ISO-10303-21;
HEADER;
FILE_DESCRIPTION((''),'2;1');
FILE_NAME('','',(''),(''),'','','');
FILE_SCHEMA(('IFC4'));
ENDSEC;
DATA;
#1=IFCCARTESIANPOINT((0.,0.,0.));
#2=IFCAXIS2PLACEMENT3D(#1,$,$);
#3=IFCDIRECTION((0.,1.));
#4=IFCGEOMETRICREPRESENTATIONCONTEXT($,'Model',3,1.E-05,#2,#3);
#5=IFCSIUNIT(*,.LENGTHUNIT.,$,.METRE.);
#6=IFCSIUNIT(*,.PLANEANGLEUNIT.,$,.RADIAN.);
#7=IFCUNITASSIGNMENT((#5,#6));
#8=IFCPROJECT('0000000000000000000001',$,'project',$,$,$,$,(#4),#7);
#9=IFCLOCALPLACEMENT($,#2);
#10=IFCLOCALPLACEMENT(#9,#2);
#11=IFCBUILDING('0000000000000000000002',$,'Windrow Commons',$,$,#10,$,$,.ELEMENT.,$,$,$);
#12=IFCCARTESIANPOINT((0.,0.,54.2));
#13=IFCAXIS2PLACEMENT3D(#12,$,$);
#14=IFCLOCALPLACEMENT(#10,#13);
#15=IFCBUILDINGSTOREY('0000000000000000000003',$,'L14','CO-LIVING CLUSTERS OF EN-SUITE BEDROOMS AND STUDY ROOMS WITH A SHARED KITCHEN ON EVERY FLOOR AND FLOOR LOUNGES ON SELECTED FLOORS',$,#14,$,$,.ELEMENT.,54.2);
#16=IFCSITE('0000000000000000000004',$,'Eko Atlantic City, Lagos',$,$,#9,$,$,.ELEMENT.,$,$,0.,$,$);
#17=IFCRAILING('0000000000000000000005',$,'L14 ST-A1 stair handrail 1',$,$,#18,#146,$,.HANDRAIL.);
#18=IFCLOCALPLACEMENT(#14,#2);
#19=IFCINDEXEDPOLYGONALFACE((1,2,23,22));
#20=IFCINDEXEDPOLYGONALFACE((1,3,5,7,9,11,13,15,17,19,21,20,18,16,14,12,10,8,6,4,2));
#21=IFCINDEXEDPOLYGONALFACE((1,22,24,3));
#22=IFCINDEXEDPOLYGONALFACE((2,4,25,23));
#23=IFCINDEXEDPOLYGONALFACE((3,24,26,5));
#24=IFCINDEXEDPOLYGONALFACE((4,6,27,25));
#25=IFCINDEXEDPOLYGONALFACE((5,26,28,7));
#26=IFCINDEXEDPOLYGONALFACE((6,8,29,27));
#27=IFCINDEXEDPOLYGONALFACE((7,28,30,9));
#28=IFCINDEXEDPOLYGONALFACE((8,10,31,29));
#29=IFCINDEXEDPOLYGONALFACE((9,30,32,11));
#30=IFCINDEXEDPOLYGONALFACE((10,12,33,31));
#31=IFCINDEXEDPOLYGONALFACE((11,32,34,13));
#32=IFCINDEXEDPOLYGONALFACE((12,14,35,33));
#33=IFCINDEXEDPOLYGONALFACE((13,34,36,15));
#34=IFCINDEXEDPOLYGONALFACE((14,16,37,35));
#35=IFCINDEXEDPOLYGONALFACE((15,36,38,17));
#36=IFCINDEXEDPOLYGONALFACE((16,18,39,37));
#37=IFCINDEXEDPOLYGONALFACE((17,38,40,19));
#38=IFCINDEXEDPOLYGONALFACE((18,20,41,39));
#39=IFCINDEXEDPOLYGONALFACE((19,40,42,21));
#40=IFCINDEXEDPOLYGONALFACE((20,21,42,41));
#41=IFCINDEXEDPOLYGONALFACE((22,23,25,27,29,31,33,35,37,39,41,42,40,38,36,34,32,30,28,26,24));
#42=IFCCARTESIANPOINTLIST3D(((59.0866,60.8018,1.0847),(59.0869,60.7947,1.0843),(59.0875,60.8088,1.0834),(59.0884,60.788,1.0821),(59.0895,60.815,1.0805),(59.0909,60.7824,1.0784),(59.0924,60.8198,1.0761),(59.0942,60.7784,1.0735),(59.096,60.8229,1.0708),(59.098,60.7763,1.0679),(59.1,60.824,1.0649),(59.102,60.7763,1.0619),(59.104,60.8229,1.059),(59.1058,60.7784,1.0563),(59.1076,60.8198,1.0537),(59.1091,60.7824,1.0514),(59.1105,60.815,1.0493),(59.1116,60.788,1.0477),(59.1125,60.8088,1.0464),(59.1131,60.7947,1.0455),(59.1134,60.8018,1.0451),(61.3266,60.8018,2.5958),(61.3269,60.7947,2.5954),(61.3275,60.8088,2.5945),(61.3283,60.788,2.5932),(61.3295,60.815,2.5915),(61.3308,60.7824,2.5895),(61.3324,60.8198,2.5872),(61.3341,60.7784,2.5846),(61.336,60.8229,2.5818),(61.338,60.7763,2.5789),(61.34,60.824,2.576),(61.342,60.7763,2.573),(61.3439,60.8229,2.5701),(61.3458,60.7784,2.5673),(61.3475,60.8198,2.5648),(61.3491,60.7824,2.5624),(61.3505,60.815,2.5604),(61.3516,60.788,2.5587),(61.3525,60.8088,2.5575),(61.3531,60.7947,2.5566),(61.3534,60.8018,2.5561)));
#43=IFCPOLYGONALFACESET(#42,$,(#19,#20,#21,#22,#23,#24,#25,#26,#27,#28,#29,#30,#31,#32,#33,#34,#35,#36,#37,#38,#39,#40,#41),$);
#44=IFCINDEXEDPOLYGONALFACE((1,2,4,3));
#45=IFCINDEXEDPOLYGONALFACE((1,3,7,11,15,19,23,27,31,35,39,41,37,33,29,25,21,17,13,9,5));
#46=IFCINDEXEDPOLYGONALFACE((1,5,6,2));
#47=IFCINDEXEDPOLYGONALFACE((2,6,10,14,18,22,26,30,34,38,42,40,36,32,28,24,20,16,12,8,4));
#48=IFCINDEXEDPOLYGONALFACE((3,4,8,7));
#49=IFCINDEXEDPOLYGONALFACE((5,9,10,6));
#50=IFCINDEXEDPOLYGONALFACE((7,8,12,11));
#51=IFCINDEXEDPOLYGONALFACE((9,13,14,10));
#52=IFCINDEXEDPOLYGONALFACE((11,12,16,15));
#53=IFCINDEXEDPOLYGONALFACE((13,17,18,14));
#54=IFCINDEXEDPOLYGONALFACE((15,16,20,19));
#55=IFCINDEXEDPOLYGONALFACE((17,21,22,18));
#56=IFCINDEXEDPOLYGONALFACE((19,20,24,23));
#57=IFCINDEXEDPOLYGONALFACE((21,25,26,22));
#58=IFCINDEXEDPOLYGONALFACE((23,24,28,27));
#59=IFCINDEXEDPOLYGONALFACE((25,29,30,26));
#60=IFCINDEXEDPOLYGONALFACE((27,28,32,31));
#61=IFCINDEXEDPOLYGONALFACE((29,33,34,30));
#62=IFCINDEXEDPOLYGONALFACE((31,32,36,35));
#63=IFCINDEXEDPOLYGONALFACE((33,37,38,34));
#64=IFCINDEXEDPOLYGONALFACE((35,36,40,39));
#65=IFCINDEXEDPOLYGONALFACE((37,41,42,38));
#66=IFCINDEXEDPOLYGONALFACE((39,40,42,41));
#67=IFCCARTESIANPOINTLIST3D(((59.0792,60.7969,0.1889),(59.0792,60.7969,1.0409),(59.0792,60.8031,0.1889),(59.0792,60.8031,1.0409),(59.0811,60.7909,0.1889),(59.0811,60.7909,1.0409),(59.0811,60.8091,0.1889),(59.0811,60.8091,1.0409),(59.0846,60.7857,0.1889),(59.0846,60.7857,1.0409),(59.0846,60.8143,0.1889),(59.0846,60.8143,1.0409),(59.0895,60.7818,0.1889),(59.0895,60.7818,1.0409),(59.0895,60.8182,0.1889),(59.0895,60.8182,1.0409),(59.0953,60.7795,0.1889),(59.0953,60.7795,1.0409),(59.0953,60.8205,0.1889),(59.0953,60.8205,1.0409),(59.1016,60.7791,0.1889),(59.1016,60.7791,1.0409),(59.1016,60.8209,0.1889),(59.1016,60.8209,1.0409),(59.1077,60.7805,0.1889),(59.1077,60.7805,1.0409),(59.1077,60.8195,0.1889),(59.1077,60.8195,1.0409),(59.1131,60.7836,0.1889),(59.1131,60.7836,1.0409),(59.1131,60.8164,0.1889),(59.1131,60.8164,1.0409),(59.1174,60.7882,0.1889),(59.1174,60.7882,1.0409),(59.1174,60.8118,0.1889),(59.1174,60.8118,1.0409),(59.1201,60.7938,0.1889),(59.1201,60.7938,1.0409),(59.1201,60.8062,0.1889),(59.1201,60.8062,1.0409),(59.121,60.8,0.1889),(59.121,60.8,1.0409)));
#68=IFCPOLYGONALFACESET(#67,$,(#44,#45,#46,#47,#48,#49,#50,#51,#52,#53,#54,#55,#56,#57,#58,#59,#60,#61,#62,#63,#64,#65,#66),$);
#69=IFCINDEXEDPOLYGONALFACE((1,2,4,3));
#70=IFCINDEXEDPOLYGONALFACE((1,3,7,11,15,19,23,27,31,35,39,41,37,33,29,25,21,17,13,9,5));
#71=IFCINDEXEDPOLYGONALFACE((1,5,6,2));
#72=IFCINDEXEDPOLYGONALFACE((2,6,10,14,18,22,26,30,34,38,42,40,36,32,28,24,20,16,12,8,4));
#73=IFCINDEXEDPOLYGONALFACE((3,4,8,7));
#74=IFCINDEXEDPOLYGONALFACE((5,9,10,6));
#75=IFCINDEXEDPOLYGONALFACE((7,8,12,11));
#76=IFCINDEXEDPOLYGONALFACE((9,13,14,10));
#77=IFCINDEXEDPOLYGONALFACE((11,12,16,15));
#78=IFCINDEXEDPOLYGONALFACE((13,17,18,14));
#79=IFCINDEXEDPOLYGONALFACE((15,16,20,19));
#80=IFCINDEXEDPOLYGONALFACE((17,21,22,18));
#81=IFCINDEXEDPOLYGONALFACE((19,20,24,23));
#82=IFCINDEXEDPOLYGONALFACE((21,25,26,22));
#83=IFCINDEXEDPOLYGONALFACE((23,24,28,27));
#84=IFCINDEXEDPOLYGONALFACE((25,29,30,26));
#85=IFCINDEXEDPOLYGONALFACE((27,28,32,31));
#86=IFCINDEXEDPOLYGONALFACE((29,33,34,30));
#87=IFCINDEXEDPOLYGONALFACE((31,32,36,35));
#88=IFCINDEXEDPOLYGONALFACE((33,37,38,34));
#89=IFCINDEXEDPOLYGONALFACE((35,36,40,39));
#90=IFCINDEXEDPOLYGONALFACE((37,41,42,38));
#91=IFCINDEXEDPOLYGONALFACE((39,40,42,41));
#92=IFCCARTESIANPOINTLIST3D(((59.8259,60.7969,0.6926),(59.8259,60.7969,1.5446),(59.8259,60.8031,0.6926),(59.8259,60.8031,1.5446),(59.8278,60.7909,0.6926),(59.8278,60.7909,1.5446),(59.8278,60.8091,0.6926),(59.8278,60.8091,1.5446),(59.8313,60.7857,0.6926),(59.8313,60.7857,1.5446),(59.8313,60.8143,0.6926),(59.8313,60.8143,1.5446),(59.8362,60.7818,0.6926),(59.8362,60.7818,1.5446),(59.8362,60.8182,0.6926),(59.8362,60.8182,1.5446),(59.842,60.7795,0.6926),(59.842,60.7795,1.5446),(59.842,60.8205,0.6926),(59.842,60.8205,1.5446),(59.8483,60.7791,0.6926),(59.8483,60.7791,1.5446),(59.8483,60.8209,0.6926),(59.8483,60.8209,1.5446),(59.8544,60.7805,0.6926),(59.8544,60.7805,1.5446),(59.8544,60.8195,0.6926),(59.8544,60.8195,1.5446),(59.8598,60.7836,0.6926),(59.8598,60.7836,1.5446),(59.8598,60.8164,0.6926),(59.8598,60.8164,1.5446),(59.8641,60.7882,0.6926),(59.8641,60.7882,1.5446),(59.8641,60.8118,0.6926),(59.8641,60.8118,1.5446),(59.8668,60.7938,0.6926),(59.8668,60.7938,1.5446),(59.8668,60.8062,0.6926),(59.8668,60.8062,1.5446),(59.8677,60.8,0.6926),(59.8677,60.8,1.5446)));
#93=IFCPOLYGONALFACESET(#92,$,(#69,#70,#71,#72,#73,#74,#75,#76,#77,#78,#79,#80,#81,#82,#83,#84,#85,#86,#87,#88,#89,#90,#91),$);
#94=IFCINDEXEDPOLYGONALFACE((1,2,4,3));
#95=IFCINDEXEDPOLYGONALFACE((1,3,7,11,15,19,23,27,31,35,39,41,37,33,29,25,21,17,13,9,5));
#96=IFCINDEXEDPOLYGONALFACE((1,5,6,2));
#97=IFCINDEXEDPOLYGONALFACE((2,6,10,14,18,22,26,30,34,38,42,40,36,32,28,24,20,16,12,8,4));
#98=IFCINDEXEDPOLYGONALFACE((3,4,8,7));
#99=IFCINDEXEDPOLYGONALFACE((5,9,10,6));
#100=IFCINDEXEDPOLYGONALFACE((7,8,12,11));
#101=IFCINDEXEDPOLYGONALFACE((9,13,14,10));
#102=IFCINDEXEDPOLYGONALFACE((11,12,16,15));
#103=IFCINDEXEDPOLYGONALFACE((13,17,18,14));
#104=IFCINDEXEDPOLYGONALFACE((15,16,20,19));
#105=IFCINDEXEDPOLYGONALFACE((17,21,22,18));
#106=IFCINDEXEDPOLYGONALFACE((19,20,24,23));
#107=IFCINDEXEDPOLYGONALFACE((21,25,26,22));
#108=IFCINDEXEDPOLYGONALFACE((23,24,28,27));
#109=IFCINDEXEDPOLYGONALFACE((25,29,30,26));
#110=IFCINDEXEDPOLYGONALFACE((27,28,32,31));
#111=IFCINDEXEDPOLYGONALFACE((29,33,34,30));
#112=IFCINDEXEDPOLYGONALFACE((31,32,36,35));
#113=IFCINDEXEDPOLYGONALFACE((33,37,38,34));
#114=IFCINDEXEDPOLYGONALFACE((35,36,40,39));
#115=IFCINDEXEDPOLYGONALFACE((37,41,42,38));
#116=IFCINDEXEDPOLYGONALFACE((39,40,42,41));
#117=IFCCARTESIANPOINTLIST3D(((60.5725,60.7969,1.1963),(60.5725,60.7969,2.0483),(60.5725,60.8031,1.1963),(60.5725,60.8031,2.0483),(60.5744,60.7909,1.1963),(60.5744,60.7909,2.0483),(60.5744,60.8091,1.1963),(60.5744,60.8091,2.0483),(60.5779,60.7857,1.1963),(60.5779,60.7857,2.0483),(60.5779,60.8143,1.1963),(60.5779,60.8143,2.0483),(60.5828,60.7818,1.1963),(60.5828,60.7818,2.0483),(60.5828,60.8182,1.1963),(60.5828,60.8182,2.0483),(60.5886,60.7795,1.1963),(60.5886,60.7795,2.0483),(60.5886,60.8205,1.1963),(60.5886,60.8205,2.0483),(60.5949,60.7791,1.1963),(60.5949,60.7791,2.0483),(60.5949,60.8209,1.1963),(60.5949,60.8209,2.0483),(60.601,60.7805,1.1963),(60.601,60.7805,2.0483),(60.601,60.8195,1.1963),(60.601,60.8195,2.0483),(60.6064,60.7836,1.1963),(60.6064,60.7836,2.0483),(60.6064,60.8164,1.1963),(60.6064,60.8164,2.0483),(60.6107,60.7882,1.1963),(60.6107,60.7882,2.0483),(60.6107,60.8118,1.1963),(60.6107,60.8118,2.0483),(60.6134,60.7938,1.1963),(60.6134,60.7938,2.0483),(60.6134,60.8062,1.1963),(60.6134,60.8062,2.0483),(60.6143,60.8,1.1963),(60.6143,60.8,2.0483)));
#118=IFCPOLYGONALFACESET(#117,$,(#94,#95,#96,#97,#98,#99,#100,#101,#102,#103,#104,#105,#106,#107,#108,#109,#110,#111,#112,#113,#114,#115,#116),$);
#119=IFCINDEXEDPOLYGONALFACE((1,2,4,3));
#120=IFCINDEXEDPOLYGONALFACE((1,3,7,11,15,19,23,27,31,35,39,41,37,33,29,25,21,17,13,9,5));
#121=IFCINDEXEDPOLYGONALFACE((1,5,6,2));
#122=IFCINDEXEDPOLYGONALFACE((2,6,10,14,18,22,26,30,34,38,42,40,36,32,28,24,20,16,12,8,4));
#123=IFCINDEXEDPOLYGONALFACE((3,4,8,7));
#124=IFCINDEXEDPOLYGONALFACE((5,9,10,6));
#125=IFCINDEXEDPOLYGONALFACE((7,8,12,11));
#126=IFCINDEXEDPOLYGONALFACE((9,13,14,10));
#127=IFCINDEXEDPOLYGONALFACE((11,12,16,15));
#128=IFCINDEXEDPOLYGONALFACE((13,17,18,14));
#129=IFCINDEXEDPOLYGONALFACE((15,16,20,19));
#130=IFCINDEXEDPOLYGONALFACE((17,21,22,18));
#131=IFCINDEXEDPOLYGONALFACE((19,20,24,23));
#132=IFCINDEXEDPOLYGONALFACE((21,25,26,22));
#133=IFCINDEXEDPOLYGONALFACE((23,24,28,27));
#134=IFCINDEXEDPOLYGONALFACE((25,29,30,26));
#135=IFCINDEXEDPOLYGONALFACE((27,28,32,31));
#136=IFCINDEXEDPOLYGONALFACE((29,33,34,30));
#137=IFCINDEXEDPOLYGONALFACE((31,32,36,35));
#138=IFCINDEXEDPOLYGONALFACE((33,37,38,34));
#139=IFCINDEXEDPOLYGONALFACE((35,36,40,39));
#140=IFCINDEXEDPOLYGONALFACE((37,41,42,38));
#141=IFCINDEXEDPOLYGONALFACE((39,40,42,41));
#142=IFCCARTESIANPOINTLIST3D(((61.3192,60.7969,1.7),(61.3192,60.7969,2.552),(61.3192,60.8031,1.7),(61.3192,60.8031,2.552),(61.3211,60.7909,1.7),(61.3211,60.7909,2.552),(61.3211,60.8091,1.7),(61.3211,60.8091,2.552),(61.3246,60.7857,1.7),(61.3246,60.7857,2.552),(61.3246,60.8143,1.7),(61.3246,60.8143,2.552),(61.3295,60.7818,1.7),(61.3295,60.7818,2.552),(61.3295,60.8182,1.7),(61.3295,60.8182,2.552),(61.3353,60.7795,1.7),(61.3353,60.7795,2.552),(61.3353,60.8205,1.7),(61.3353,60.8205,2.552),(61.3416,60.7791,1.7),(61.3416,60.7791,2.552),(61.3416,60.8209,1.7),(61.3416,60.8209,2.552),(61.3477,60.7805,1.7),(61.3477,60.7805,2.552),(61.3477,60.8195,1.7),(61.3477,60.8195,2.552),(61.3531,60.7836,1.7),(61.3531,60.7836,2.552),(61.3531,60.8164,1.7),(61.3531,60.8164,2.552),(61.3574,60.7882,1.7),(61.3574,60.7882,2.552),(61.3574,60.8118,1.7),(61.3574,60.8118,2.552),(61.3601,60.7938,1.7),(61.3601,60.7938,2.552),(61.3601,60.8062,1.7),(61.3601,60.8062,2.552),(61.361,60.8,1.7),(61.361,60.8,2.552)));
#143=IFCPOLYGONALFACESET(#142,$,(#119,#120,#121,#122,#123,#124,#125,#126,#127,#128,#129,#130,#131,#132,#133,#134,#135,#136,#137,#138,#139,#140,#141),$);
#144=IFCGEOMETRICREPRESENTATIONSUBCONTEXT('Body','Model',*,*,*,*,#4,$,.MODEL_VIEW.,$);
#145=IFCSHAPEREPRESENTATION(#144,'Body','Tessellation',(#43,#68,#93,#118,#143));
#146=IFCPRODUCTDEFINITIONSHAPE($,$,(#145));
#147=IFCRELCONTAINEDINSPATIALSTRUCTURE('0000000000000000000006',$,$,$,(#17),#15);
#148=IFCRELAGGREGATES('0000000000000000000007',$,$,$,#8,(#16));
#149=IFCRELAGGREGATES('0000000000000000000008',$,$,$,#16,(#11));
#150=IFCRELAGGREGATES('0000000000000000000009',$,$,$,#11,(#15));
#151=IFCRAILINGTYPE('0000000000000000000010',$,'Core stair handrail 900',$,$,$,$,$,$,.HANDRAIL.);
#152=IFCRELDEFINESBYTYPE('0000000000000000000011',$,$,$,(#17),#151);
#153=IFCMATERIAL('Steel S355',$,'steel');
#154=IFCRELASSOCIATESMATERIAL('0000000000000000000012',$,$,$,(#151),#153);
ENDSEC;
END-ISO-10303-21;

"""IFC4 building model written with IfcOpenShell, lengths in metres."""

from ifc_helpers import new_model, si_unit, direction, frame, origin, origin_2d, place, context, subcontext, project, spatial, circle, extrude, material, type_object, element, save


model = new_model("IFC4")

# Units and contexts
model_context = context("Model", 3, precision=1e-05, world=origin(), true_north=direction((0.0, 1.0)))
body_context = subcontext(model_context, "Body", "Model", "MODEL_VIEW")
ifc_project = project(units=[si_unit("LENGTHUNIT", "METRE"), si_unit("PLANEANGLEUNIT", "RADIAN")], contexts=[model_context])

# Site, building, storey
site_placement = place(None, origin())
site = spatial("IfcSite", under=ifc_project, at=site_placement, Name="Eko Atlantic City, Lagos", CompositionType="ELEMENT", RefElevation=0.0)
building_placement = place(site_placement, origin())
building = spatial("IfcBuilding", under=site, at=building_placement, Name="Windrow Commons", CompositionType="ELEMENT")
storey_placement = place(building_placement, frame((0.0, 0.0, 54.2)))
storey = spatial("IfcBuildingStorey", under=building, at=storey_placement, Name="L14", Description="CO-LIVING CLUSTERS OF EN-SUITE BEDROOMS AND STUDY ROOMS WITH A SHARED KITCHEN ON EVERY FLOOR AND FLOOR LOUNGES ON SELECTED FLOORS", CompositionType="ELEMENT", Elevation=54.2)

# Railing
ifc_material_1 = material(Name="Steel S355", Category="steel")
railing_type_1 = type_object("IfcRailingType", Name="Core stair handrail 900", PredefinedType="HANDRAIL", material=ifc_material_1)
railing_1_placement = place(storey_placement, frame((59.1, 60.8, 0.1889)))
element("IfcRailing", 1, at=railing_1_placement, inside=storey, type_object=railing_type_1, Name="L14 ST-A1 stair handrail 1", PredefinedType="HANDRAIL", context=body_context, shape_type="SweptSolid", body=[
    extrude(circle(Radius=0.024, at=origin_2d()), frame((0.0, 0.0, 0.876), z_axis=(0.829003, 0.0, 0.559244), x_axis=(0.0, 1.0, 0.0)), (0.0, 0.0, 1.0), 2.702),
    extrude(circle(Radius=0.021, at=origin_2d()), origin(), (0.0, 0.0, 1.0), 0.852),
    extrude(circle(Radius=0.021, at=origin_2d()), frame((0.7467, 0.0, 0.5037)), (0.0, 0.0, 1.0), 0.852),
    extrude(circle(Radius=0.021, at=origin_2d()), frame((1.4933, 0.0, 1.0074)), (0.0, 0.0, 1.0), 0.852),
    extrude(circle(Radius=0.021, at=origin_2d()), frame((2.24, 0.0, 1.5111)), (0.0, 0.0, 1.0), 0.852),
])

save(model, "model.ifc")
